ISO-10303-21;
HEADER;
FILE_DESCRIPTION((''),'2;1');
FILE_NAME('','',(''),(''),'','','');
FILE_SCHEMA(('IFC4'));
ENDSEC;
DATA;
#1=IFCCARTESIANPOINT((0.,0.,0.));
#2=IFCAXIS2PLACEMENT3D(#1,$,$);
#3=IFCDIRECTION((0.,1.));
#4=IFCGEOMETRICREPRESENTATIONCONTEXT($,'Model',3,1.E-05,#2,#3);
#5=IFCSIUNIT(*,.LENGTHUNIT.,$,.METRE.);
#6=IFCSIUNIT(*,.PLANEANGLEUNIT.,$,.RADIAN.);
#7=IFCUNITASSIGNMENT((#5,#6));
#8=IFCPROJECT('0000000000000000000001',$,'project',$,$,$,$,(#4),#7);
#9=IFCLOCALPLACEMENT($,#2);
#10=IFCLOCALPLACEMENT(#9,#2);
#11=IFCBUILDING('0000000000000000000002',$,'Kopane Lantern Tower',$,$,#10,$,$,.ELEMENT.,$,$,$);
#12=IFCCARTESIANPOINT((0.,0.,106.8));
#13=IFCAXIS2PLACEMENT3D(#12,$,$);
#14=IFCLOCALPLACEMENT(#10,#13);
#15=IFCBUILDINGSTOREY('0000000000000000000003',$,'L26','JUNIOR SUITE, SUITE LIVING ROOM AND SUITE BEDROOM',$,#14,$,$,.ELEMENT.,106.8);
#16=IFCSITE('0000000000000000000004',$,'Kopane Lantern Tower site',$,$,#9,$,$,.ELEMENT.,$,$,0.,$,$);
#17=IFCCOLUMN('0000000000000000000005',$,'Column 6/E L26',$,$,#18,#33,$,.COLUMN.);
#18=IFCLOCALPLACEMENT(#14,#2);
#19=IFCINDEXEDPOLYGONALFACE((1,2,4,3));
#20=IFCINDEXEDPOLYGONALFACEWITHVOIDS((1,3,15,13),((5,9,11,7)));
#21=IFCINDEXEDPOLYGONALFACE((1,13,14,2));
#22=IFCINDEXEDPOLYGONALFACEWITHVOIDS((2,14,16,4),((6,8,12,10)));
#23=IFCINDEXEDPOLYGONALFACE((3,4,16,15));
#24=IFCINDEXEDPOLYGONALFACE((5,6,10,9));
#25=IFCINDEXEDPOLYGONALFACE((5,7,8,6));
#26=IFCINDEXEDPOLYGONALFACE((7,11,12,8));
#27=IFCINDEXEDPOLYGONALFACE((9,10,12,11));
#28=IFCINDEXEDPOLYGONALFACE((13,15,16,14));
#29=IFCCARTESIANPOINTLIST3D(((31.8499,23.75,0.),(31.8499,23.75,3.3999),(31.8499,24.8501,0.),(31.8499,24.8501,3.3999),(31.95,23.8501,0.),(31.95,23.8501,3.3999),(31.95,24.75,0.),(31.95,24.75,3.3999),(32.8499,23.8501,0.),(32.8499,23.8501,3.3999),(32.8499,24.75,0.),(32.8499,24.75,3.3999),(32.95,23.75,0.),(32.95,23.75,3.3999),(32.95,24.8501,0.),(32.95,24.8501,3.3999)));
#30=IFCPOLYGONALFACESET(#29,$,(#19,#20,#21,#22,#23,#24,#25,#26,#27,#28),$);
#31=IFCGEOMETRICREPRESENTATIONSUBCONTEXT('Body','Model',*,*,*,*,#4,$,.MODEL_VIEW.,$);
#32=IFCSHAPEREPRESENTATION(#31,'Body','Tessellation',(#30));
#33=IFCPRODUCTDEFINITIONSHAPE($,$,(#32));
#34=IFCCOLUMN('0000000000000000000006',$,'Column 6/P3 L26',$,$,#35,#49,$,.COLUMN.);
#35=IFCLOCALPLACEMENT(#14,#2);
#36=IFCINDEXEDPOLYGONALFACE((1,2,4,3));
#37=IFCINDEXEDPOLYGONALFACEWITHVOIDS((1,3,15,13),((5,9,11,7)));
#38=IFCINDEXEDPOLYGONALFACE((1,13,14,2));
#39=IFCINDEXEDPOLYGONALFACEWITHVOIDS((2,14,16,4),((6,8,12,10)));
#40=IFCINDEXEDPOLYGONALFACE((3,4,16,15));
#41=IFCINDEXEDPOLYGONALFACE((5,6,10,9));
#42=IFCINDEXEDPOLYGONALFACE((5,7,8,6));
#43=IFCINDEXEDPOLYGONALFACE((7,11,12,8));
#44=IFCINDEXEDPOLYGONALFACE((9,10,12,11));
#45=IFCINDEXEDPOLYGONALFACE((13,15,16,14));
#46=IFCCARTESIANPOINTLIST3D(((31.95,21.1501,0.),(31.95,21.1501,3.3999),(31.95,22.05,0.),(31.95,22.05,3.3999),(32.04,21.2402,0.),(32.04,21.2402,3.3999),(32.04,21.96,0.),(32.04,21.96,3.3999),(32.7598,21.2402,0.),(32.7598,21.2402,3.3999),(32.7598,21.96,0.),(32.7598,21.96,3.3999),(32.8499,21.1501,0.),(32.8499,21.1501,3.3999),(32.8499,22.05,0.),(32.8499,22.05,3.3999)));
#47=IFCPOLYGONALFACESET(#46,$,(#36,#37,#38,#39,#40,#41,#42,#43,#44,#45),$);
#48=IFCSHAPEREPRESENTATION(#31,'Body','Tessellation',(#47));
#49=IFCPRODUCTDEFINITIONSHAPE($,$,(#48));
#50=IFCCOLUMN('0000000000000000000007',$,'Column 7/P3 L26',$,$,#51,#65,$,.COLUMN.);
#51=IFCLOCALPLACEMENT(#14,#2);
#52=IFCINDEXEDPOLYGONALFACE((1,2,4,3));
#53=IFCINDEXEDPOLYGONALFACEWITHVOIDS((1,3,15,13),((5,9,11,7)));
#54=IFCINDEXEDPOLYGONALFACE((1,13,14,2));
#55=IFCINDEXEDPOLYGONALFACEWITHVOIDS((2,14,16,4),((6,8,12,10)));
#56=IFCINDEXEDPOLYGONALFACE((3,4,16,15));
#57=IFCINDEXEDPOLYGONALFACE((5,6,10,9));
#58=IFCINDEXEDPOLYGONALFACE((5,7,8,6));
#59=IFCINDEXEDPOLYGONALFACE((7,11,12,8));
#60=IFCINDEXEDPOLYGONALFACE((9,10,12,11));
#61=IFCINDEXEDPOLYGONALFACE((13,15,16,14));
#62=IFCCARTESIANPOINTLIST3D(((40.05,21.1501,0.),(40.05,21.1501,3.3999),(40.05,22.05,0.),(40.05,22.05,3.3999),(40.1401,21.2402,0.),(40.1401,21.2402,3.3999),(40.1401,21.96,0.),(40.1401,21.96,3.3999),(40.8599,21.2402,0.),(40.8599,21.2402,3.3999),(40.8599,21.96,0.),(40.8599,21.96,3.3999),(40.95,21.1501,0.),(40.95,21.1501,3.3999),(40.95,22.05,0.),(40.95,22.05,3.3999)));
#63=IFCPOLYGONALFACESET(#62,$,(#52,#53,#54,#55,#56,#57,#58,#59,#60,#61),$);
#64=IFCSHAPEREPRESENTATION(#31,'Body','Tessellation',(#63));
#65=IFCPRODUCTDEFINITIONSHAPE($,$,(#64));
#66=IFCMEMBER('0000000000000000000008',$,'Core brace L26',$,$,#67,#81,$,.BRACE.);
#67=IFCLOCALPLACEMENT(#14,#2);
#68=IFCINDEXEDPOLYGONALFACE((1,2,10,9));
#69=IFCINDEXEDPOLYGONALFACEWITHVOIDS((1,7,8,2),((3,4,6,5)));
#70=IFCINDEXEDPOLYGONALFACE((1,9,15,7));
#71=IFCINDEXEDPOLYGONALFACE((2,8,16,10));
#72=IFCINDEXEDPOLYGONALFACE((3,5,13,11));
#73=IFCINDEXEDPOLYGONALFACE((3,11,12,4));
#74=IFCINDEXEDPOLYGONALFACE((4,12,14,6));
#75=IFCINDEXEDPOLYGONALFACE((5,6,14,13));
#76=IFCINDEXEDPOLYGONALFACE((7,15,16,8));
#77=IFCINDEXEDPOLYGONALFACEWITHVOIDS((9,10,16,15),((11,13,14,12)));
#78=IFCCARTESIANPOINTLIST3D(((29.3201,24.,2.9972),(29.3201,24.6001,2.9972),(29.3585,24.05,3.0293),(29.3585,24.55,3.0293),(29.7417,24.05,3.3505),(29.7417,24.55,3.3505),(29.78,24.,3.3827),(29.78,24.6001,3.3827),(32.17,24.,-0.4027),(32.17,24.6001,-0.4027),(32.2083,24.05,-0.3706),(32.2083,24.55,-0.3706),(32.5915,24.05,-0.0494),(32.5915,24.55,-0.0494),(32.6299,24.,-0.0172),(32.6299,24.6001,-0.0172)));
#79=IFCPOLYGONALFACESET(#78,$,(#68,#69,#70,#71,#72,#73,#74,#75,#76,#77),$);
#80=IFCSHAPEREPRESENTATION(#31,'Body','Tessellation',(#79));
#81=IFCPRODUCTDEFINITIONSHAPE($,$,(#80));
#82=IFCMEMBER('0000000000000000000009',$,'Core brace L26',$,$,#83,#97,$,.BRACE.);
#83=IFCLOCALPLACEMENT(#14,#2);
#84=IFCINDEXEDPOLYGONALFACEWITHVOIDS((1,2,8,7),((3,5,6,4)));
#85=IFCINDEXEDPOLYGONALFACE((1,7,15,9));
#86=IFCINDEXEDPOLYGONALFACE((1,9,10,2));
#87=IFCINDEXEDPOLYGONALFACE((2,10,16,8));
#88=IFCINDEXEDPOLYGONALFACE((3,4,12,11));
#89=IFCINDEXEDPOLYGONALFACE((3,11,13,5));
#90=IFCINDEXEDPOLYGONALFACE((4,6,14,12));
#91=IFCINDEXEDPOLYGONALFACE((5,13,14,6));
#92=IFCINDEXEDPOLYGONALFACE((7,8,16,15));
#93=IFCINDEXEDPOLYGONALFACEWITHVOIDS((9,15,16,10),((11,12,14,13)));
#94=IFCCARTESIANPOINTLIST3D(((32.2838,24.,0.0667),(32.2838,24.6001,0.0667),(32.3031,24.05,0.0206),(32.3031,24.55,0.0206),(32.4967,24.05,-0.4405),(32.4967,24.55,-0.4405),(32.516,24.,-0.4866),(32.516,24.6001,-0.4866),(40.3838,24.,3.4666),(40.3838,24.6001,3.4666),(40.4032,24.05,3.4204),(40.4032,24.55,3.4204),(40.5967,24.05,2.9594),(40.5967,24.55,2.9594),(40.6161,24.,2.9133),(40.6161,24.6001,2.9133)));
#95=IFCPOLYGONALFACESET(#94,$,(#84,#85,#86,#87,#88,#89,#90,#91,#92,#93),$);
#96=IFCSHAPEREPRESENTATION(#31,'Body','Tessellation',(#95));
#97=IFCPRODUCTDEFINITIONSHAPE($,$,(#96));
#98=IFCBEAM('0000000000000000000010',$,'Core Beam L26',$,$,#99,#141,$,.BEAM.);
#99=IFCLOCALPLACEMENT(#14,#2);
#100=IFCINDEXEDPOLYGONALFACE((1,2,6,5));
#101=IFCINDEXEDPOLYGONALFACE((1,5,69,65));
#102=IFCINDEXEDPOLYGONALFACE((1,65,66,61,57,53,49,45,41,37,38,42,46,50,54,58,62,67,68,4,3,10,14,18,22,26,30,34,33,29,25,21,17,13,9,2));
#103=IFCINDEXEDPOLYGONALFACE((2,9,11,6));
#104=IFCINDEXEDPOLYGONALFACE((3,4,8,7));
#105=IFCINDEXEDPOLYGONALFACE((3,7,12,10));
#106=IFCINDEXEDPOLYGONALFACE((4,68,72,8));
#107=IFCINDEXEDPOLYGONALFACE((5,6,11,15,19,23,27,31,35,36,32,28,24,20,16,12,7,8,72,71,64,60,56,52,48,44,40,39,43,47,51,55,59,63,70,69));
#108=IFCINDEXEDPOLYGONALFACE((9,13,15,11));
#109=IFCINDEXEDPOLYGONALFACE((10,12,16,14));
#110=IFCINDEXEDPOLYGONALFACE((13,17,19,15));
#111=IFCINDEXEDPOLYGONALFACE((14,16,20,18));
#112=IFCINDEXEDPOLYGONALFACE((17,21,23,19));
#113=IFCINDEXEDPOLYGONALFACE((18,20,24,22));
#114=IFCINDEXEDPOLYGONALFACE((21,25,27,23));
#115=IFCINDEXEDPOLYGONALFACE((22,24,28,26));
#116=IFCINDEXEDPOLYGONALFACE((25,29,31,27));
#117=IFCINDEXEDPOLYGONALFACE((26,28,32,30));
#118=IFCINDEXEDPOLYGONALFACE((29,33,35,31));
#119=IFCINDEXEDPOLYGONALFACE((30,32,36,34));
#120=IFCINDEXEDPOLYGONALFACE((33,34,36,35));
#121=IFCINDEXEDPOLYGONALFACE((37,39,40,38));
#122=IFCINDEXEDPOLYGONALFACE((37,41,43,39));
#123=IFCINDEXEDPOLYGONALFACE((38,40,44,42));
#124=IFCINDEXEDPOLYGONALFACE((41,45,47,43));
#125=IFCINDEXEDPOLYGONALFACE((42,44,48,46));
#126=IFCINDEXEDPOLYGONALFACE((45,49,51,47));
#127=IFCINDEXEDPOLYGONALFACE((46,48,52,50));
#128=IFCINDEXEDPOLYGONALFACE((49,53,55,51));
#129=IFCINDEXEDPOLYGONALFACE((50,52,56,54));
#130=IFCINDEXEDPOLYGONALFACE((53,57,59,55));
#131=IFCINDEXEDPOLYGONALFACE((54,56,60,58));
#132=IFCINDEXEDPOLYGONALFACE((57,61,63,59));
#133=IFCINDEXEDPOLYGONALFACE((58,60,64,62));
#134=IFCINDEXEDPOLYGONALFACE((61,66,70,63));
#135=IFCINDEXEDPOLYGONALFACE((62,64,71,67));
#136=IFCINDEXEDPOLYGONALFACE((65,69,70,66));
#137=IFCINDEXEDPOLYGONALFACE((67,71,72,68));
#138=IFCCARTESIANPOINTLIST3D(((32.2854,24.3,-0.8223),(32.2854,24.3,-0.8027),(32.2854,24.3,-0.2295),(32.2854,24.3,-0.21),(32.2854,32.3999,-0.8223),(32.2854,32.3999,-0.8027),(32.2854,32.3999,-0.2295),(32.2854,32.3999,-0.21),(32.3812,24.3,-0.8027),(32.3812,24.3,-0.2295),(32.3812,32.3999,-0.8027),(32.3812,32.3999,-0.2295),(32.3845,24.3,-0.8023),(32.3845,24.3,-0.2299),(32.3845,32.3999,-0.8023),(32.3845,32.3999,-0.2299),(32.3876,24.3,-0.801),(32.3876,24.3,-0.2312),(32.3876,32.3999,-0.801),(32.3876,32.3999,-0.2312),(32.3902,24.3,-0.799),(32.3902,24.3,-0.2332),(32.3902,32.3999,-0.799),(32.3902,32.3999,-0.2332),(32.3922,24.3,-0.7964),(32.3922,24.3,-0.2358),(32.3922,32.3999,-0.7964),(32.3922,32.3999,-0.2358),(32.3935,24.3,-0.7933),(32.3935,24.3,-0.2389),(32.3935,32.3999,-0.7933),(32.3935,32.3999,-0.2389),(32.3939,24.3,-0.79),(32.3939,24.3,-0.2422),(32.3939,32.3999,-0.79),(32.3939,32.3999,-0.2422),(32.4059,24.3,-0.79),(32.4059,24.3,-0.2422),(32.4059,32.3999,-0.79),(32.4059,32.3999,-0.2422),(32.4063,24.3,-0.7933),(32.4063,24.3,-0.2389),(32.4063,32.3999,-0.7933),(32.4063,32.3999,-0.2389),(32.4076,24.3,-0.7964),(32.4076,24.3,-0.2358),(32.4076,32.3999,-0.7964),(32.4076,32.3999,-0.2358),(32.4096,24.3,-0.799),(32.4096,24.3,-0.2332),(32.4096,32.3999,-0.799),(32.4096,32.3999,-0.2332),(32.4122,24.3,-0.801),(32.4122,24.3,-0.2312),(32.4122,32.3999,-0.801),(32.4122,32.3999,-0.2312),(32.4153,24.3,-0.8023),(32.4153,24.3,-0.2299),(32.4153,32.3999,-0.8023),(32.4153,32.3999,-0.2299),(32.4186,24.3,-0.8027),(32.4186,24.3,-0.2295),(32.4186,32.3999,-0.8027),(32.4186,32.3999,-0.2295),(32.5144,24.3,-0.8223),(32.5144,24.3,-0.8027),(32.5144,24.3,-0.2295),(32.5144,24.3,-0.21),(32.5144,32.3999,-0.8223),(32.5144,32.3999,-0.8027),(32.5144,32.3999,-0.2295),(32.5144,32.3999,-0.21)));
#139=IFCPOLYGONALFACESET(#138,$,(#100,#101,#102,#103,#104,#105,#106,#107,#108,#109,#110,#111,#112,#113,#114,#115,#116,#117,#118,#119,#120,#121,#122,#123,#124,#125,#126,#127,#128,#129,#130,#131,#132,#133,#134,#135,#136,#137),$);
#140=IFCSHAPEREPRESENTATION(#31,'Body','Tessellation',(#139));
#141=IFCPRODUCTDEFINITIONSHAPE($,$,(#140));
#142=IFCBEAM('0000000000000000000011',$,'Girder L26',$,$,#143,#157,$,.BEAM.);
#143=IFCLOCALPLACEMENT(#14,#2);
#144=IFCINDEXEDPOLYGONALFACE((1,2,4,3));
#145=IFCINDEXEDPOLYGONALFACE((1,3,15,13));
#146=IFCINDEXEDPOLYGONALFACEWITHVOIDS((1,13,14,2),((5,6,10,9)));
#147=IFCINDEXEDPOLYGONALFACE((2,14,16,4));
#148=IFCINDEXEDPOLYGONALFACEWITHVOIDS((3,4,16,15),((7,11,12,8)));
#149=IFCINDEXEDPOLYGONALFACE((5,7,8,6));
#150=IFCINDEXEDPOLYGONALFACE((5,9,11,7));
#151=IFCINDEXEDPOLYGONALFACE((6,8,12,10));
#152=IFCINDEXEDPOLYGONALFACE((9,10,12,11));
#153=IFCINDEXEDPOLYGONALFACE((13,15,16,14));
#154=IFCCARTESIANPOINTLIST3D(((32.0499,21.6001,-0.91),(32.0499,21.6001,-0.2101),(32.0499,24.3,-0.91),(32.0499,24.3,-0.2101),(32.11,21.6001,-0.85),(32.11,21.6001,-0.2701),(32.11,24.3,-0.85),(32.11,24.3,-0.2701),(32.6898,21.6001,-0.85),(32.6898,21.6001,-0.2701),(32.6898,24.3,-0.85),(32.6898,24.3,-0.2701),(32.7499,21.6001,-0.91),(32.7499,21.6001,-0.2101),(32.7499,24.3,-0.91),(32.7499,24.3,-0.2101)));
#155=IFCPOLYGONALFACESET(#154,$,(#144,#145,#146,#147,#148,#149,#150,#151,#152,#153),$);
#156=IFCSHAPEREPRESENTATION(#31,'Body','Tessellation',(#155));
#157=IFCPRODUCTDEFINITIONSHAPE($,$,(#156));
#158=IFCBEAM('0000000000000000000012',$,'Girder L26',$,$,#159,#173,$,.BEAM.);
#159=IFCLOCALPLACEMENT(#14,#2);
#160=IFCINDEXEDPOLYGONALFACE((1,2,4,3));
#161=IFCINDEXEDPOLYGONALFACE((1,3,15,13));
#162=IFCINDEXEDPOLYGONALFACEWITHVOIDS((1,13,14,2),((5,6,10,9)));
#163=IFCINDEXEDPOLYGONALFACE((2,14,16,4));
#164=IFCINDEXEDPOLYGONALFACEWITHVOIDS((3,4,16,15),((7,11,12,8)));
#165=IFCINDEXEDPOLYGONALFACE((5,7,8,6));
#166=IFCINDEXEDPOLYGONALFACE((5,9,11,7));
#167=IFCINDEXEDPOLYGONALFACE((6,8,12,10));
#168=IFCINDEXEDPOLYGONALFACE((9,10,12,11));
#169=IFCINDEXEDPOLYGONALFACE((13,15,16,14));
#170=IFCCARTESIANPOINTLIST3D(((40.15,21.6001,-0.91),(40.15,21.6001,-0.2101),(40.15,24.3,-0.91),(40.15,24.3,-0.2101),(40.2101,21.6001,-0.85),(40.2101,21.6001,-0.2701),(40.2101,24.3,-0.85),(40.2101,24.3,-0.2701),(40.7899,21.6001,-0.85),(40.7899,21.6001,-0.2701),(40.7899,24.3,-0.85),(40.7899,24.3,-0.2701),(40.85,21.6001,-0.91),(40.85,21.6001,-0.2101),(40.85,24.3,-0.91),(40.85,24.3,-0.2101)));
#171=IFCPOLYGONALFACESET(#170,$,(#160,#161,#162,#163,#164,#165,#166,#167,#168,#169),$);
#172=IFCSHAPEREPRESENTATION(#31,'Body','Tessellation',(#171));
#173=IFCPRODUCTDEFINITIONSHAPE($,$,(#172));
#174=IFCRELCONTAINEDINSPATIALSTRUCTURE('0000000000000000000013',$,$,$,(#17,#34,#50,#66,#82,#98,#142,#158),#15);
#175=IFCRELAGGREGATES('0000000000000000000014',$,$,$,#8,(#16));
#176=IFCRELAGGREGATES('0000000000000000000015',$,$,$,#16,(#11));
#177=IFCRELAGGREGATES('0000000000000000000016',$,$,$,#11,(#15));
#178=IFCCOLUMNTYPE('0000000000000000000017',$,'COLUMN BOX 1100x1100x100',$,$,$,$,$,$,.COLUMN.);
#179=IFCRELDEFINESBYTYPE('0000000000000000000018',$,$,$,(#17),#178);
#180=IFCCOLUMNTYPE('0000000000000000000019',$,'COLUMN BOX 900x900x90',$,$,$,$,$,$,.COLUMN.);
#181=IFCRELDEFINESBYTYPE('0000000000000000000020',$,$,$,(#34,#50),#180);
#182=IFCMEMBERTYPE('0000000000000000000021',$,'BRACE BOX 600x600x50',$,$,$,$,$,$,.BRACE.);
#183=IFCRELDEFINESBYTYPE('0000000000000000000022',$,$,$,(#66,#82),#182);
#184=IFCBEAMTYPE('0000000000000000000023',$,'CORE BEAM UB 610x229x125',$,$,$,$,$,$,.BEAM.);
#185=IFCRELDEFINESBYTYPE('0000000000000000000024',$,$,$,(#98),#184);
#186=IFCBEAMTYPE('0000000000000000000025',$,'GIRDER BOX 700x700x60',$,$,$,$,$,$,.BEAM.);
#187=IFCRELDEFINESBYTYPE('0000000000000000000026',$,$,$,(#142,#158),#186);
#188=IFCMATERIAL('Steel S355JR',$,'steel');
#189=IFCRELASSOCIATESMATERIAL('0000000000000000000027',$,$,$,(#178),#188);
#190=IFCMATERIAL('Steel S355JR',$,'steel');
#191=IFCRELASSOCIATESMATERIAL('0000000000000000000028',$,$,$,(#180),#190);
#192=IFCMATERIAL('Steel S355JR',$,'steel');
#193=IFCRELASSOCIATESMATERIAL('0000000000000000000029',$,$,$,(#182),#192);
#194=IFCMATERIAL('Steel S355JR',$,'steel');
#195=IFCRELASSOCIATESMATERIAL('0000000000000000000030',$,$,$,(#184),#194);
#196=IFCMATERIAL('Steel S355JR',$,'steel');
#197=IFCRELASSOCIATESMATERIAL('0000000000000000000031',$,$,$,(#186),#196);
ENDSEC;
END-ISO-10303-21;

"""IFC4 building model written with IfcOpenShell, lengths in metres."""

from ifc_helpers import new_model, si_unit, direction, frame, origin, origin_2d, place, context, subcontext, project, spatial, hollow_rectangle, i_section, extrude, material, material_profile, profile_set, type_object, element, save


model = new_model("IFC4")

# Units and contexts
model_context = context("Model", 3, precision=1e-05, world=origin(), true_north=direction((0.0, 1.0)))
body_context = subcontext(model_context, "Body", "Model", "MODEL_VIEW")
ifc_project = project(units=[si_unit("LENGTHUNIT", "METRE"), si_unit("PLANEANGLEUNIT", "RADIAN")], contexts=[model_context])

# Site, building, storey
site_placement = place(None, origin())
site = spatial("IfcSite", under=ifc_project, at=site_placement, Name="Kopane Lantern Tower site", CompositionType="ELEMENT", RefElevation=0.0)
building_placement = place(site_placement, origin())
building = spatial("IfcBuilding", under=site, at=building_placement, Name="Kopane Lantern Tower", CompositionType="ELEMENT")
storey_placement = place(building_placement, frame((0.0, 0.0, 106.8)))
storey = spatial("IfcBuildingStorey", under=building, at=storey_placement, Name="L26", Description="JUNIOR SUITE, SUITE LIVING ROOM AND SUITE BEDROOM", CompositionType="ELEMENT", Elevation=106.8)

# Columns
ifc_material_1 = material(Name="Steel S355JR", Category="steel")
ifc_material_profile_1 = material_profile(ifc_material_1, hollow_rectangle(XDim=1.1001, YDim=1.1001, WallThickness=0.1001, at=origin_2d()), Name="BOX 1100x1100x100")
ifc_profile_set_1 = profile_set([ifc_material_profile_1], Name="Steel S355JR")
column_type_1 = type_object("IfcColumnType", Name="COLUMN BOX 1100x1100x100", PredefinedType="COLUMN", material=ifc_profile_set_1)
column_placement = place(storey_placement, frame((32.3999, 24.3, 0.0), z_axis=(0.0, 0.0, 1.0), x_axis=(1.0, 0.0, 0.0)))
element("IfcColumn", 1, at=column_placement, inside=storey, type_object=column_type_1, Name="Column 6/E L26", PredefinedType="COLUMN", context=body_context, shape_type="SweptSolid", body=[
    extrude(hollow_rectangle(XDim=1.1001, YDim=1.1001, WallThickness=0.1001, at=origin_2d()), origin(), (0.0, 0.0, 1.0), 3.3999),
])
ifc_material_2 = material(Name="Steel S355JR", Category="steel")
ifc_material_profile_2 = material_profile(ifc_material_2, hollow_rectangle(XDim=0.8999, YDim=0.8999, WallThickness=0.0901, at=origin_2d()), Name="BOX 900x900x90")
ifc_profile_set_2 = profile_set([ifc_material_profile_2], Name="Steel S355JR")
column_type_2 = type_object("IfcColumnType", Name="COLUMN BOX 900x900x90", PredefinedType="COLUMN", material=ifc_profile_set_2)
for number, where, z_axis, x_axis, name in (
    (2, (32.3999, 21.6001, 0.0), (0.0, 0.0, 1.0), (1.0, 0.0, 0.0), "Column 6/P3 L26"),
    (3, (40.5, 21.6001, 0.0), (0.0, 0.0, 1.0), (1.0, 0.0, 0.0), "Column 7/P3 L26"),
):
    element("IfcColumn", number, at=place(storey_placement, frame(where, z_axis=z_axis, x_axis=x_axis)), inside=storey, type_object=column_type_2, Name=name, PredefinedType="COLUMN", context=body_context, shape_type="SweptSolid", body=[
        extrude(hollow_rectangle(XDim=0.8999, YDim=0.8999, WallThickness=0.0901, at=origin_2d()), origin(), (0.0, 0.0, 1.0), 3.3999),
    ])

# Members
ifc_material_3 = material(Name="Steel S355JR", Category="steel")
ifc_material_profile_3 = material_profile(ifc_material_3, hollow_rectangle(XDim=0.6001, YDim=0.6001, WallThickness=0.05, at=origin_2d()), Name="BOX 600x600x50")
ifc_profile_set_3 = profile_set([ifc_material_profile_3], Name="Steel S355JR")
member_type = type_object("IfcMemberType", Name="BRACE BOX 600x600x50", PredefinedType="BRACE", material=ifc_profile_set_3)
member_1_placement = place(storey_placement, frame((32.3999, 24.3, -0.21), z_axis=(-0.64239, 0.0, 0.766378), x_axis=(0.0, -1.0, 0.0)))
element("IfcMember", 4, at=member_1_placement, inside=storey, type_object=member_type, Name="Core brace L26", PredefinedType="BRACE", context=body_context, shape_type="SweptSolid", body=[
    extrude(hollow_rectangle(XDim=0.6001, YDim=0.6001, WallThickness=0.05, at=origin_2d()), origin(), (0.0, 0.0, 1.0), 4.4363),
])
member_2_placement = place(storey_placement, frame((32.3999, 24.3, -0.21), z_axis=(0.922069, 0.0, 0.387026), x_axis=(0.0, 1.0, 0.0)))
element("IfcMember", 5, at=member_2_placement, inside=storey, type_object=member_type, Name="Core brace L26", PredefinedType="BRACE", context=body_context, shape_type="SweptSolid", body=[
    extrude(hollow_rectangle(XDim=0.6001, YDim=0.6001, WallThickness=0.05, at=origin_2d()), origin(), (0.0, 0.0, 1.0), 8.7847),
])

# Beams
ifc_material_4 = material(Name="Steel S355JR", Category="steel")
ifc_material_profile_4 = material_profile(ifc_material_4, i_section(OverallWidth=0.229, OverallDepth=0.6123, WebThickness=0.012, FlangeThickness=0.0195, FilletRadius=0.0127, at=origin_2d()), Name="UB 610x229x125")
ifc_profile_set_4 = profile_set([ifc_material_profile_4], Name="Steel S355JR")
beam_type_1 = type_object("IfcBeamType", Name="CORE BEAM UB 610x229x125", PredefinedType="BEAM", material=ifc_profile_set_4)
beam_placement = place(storey_placement, frame((32.3999, 24.3, -0.5161), z_axis=(0.0, 1.0, 0.0), x_axis=(-1.0, 0.0, 0.0)))
element("IfcBeam", 6, at=beam_placement, inside=storey, type_object=beam_type_1, Name="Core Beam L26", PredefinedType="BEAM", context=body_context, shape_type="SweptSolid", body=[
    extrude(i_section(OverallWidth=0.229, OverallDepth=0.6123, WebThickness=0.012, FlangeThickness=0.0195, FilletRadius=0.0127, at=origin_2d()), origin(), (0.0, 0.0, 1.0), 8.0999),
])
ifc_material_5 = material(Name="Steel S355JR", Category="steel")
ifc_material_profile_5 = material_profile(ifc_material_5, hollow_rectangle(XDim=0.7, YDim=0.7, WallThickness=0.0601, at=origin_2d()), Name="BOX 700x700x60")
ifc_profile_set_5 = profile_set([ifc_material_profile_5], Name="Steel S355JR")
beam_type_2 = type_object("IfcBeamType", Name="GIRDER BOX 700x700x60", PredefinedType="BEAM", material=ifc_profile_set_5)
for number, where, z_axis, x_axis, name in (
    (7, (32.3999, 21.6001, -0.5601), (0.0, 1.0, 0.0), (-1.0, 0.0, 0.0), "Girder L26"),
    (8, (40.5, 21.6001, -0.5601), (0.0, 1.0, 0.0), (-1.0, 0.0, 0.0), "Girder L26"),
):
    element("IfcBeam", number, at=place(storey_placement, frame(where, z_axis=z_axis, x_axis=x_axis)), inside=storey, type_object=beam_type_2, Name=name, PredefinedType="BEAM", context=body_context, shape_type="SweptSolid", body=[
        extrude(hollow_rectangle(XDim=0.7, YDim=0.7, WallThickness=0.0601, at=origin_2d()), origin(), (0.0, 0.0, 1.0), 2.7),
    ])

save(model, "model.ifc")
